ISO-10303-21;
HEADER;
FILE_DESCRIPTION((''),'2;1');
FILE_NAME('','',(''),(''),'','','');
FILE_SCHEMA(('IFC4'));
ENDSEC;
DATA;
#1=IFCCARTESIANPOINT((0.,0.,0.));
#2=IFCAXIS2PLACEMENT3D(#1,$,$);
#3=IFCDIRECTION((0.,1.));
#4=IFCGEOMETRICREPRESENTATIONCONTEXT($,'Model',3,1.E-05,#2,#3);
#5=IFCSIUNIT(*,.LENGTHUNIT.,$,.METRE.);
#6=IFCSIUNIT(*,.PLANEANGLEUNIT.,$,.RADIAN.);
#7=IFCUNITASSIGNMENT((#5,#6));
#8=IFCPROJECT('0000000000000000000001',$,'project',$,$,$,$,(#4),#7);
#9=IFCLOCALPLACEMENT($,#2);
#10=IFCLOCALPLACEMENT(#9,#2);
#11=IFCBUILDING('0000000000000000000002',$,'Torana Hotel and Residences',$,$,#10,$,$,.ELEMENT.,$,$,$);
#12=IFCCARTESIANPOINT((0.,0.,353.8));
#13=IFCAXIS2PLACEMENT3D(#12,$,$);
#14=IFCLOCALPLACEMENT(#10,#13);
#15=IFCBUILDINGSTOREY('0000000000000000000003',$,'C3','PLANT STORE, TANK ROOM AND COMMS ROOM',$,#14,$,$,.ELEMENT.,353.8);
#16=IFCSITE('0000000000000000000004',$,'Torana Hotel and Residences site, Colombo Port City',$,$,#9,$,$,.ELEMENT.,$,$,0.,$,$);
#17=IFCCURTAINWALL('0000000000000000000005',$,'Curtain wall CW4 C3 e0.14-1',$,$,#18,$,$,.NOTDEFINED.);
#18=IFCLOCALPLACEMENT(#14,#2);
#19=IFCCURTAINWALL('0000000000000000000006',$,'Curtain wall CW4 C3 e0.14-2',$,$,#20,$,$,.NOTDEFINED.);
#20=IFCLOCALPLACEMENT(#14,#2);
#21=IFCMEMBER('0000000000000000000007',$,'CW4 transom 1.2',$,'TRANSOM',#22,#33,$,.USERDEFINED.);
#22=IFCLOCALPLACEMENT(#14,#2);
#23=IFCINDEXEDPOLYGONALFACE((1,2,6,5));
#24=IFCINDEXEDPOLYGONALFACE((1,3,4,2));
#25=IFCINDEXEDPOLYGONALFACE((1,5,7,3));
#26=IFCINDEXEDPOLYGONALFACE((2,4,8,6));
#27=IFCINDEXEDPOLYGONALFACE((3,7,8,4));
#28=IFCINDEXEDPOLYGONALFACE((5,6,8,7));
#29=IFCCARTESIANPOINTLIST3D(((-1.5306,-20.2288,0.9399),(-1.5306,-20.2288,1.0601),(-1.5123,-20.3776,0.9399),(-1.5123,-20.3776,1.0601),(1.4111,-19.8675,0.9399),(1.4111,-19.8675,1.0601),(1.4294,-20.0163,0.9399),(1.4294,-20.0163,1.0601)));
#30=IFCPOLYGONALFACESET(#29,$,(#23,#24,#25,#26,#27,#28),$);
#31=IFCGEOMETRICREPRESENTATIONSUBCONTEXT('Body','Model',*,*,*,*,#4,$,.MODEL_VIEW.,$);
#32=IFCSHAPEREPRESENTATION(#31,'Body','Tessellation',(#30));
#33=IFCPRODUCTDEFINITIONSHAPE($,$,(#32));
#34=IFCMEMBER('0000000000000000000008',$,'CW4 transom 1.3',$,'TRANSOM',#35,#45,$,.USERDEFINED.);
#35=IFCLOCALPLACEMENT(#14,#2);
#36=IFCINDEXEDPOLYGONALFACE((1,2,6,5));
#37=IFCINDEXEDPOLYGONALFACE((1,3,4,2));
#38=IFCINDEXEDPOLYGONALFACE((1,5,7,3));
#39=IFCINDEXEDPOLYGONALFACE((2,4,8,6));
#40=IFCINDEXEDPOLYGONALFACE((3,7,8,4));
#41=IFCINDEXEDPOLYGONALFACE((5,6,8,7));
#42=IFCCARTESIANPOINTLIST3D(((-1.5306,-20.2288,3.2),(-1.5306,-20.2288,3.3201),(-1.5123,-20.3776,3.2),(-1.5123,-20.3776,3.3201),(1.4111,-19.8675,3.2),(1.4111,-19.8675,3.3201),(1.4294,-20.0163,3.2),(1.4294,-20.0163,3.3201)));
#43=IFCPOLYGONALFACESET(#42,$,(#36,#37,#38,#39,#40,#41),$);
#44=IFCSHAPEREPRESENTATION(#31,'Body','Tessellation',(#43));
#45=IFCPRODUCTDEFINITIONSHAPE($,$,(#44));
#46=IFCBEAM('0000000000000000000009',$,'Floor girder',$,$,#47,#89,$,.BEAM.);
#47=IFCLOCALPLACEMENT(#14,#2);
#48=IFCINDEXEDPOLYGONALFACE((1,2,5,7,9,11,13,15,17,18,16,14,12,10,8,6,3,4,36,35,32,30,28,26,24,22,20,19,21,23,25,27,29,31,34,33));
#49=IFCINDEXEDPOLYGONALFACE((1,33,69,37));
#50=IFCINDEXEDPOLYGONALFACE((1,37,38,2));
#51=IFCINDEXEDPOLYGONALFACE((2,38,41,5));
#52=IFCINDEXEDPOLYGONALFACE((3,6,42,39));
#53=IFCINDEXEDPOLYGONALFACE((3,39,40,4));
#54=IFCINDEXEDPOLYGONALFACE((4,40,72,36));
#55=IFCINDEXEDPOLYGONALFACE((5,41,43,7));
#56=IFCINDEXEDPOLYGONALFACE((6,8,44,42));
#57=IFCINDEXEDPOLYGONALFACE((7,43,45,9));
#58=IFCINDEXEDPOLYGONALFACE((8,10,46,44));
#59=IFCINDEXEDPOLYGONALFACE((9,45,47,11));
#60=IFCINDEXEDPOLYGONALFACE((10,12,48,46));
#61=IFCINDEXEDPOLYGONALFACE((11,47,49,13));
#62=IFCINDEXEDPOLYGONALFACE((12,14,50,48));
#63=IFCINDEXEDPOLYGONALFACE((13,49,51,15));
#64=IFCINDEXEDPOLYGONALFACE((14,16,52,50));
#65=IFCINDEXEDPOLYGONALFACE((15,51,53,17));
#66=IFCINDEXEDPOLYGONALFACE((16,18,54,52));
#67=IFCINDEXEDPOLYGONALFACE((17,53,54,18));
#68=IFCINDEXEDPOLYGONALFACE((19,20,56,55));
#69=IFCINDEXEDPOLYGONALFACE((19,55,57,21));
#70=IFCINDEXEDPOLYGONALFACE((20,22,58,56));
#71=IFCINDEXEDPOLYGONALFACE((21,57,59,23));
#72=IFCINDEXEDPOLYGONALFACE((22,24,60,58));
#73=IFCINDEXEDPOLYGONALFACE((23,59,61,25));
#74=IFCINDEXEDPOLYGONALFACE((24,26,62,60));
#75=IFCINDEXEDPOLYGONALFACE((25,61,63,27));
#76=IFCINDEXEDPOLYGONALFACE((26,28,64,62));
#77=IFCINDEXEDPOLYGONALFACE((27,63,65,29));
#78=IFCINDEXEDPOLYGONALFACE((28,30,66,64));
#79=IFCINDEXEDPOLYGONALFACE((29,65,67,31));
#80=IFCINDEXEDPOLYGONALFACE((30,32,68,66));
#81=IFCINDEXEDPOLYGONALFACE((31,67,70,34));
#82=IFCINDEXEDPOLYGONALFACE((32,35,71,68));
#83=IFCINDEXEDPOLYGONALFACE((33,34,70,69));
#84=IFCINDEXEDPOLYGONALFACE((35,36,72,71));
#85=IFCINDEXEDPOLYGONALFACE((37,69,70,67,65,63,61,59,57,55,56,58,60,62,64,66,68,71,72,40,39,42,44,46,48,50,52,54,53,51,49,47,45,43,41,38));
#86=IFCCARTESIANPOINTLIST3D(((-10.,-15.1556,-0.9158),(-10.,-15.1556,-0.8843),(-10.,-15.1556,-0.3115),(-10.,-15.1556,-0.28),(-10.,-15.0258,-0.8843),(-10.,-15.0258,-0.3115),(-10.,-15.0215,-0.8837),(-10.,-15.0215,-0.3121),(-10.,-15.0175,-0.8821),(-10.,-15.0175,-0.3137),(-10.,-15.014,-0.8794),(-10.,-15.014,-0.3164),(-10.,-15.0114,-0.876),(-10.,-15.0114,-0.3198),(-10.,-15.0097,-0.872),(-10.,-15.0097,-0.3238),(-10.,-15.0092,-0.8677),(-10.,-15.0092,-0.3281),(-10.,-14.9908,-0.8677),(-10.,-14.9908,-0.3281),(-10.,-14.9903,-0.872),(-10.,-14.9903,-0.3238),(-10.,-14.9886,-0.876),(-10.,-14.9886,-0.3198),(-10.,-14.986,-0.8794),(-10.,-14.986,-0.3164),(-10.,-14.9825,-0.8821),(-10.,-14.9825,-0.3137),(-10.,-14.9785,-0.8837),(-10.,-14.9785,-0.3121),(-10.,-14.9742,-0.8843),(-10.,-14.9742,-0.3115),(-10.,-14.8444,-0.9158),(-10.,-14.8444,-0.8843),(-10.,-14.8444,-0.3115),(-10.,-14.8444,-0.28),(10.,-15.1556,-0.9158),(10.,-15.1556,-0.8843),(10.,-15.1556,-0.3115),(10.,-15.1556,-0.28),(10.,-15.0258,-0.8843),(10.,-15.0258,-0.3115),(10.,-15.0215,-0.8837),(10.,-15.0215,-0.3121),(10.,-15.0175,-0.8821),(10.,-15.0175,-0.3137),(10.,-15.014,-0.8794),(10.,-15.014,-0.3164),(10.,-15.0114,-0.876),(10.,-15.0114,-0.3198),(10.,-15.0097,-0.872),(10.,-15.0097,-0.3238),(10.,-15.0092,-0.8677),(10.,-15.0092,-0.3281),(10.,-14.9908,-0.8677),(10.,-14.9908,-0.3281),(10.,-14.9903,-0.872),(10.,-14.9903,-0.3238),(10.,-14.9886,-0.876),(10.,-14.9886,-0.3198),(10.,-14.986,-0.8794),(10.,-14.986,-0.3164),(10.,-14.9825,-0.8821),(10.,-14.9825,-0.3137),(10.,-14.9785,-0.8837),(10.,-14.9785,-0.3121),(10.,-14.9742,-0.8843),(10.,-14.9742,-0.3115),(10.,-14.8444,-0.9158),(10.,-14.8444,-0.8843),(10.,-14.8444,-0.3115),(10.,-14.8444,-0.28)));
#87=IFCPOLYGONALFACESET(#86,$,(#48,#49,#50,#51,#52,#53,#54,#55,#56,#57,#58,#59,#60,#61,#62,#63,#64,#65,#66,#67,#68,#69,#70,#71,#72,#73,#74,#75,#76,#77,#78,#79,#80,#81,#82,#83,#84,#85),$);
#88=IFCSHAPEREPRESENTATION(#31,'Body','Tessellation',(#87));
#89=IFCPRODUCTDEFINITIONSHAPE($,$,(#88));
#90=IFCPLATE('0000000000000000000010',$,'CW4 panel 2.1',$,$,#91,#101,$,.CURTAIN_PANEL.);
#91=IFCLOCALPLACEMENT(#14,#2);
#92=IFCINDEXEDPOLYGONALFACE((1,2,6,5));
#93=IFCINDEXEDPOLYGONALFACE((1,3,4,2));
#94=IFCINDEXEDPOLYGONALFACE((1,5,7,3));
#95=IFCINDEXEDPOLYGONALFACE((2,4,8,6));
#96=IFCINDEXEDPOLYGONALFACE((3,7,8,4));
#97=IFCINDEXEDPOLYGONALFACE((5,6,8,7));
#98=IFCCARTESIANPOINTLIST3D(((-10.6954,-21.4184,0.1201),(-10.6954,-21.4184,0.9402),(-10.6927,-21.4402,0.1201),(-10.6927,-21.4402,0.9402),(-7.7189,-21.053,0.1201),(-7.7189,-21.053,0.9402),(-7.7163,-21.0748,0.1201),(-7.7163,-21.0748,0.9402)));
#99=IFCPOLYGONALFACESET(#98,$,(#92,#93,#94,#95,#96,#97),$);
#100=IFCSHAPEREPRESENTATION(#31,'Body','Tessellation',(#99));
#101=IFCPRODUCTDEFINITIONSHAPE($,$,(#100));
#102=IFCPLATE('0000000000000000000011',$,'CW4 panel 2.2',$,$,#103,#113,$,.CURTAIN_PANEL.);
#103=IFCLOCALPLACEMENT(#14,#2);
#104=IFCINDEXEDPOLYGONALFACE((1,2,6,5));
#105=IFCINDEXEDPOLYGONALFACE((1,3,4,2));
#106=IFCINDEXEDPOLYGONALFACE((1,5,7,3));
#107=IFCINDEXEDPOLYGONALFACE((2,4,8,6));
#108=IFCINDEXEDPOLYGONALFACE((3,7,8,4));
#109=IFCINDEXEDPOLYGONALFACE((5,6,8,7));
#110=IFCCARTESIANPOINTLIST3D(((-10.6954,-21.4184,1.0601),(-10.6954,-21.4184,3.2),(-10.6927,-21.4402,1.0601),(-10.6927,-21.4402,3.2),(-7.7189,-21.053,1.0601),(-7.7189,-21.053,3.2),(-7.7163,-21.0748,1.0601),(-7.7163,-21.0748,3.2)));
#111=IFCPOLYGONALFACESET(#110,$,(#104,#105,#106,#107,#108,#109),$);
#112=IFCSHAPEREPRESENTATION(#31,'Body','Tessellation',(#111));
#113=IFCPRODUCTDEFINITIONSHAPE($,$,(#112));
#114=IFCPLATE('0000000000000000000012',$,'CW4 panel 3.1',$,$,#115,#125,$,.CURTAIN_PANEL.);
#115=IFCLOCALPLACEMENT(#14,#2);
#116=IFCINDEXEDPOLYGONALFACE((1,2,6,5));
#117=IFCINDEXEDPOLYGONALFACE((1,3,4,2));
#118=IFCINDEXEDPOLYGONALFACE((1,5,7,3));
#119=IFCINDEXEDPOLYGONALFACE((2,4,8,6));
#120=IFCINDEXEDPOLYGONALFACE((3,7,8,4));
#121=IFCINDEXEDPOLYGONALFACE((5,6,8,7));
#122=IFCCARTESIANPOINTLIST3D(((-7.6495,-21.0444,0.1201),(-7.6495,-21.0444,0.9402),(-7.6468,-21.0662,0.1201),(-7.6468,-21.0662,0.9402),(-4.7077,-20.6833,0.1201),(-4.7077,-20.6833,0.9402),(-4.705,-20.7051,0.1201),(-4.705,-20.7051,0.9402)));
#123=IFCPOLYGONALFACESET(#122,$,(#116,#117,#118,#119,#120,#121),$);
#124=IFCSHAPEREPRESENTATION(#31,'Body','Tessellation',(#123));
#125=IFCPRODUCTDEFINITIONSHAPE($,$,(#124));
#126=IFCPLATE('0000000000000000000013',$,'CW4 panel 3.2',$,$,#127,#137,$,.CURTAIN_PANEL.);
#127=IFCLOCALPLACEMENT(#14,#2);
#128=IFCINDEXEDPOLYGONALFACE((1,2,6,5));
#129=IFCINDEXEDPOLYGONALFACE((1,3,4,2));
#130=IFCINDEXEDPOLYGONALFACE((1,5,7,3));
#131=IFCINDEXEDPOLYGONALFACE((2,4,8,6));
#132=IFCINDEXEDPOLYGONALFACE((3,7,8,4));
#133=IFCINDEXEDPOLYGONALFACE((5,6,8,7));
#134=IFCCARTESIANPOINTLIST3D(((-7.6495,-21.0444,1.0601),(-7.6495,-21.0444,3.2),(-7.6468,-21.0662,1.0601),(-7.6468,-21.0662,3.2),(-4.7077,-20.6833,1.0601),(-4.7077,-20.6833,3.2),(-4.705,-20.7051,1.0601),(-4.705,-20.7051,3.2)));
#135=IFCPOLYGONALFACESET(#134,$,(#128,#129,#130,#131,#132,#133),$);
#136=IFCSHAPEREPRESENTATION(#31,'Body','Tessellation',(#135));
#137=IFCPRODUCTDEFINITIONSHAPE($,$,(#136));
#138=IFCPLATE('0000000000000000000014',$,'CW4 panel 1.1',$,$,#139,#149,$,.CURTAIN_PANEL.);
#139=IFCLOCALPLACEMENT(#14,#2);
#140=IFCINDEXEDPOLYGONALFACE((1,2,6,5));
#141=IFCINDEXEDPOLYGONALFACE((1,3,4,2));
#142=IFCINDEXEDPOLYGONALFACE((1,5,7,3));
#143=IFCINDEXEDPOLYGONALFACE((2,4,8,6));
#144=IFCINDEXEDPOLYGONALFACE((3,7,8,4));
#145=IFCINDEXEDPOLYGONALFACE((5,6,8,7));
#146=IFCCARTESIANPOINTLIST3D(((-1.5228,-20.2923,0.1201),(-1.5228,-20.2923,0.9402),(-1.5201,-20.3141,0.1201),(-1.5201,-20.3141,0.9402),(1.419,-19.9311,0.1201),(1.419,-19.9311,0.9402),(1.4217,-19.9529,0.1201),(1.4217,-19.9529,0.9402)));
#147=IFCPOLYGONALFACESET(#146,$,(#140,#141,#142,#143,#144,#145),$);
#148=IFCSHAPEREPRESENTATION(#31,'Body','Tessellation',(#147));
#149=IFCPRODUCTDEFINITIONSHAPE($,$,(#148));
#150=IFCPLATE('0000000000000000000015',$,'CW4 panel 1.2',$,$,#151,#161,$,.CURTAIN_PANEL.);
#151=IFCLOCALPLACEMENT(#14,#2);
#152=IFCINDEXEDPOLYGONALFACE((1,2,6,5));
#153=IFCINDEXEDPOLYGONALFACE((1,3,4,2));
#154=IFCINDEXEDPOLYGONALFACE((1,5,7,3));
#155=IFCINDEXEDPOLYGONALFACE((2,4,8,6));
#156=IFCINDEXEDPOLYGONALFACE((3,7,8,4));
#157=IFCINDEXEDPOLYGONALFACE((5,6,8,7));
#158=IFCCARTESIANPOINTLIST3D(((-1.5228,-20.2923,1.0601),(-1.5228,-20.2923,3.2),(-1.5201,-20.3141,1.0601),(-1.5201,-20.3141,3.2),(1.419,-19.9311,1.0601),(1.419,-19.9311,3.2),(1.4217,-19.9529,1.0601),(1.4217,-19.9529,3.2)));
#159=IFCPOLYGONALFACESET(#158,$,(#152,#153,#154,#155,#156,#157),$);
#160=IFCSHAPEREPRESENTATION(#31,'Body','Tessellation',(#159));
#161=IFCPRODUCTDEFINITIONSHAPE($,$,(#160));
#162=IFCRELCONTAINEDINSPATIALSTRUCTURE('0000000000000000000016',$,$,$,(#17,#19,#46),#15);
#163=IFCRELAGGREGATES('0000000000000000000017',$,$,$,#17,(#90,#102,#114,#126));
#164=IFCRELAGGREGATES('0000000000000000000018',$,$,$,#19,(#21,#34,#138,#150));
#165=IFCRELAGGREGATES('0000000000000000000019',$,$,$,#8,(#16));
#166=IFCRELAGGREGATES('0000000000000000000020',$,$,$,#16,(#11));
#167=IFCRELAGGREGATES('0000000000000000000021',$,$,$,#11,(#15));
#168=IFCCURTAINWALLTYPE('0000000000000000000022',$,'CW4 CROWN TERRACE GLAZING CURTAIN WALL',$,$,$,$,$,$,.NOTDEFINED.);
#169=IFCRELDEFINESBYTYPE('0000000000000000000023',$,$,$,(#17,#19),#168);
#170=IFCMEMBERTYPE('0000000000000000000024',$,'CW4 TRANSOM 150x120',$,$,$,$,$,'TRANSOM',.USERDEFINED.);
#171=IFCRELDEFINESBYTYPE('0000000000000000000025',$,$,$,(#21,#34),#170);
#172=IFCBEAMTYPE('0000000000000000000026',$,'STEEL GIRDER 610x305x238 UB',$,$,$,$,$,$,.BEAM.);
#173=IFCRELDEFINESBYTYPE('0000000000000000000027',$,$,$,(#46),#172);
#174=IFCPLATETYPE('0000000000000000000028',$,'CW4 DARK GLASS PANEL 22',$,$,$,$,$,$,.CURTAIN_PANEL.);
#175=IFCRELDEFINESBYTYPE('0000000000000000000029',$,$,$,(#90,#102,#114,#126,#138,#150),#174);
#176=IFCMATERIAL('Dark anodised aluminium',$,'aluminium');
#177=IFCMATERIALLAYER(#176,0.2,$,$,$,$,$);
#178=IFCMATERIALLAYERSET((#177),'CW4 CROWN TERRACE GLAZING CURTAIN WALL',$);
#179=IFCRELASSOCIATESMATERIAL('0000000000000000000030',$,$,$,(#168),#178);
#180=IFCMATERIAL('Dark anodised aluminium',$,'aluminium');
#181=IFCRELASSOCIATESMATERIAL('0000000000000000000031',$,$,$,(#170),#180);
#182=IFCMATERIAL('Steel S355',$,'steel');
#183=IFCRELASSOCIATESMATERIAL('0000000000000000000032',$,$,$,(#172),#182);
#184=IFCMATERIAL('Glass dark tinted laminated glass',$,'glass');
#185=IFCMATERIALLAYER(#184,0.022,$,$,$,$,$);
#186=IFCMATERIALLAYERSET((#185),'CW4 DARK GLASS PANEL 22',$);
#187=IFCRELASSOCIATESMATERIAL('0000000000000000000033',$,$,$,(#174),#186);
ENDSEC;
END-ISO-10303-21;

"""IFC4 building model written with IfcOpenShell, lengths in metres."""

from ifc_helpers import new_model, si_unit, direction, frame, origin, origin_2d, place, context, subcontext, project, spatial, rectangle, i_section, extrude, material, layer, layer_set, material_profile, profile_set, type_object, element, aggregate, save


model = new_model("IFC4")

# Units and contexts
model_context = context("Model", 3, precision=1e-05, world=origin(), true_north=direction((0.0, 1.0)))
body_context = subcontext(model_context, "Body", "Model", "MODEL_VIEW")
ifc_project = project(units=[si_unit("LENGTHUNIT", "METRE"), si_unit("PLANEANGLEUNIT", "RADIAN")], contexts=[model_context])

# Site, building, storey
site_placement = place(None, origin())
site = spatial("IfcSite", under=ifc_project, at=site_placement, Name="Torana Hotel and Residences site, Colombo Port City", CompositionType="ELEMENT", RefElevation=0.0)
building_placement = place(site_placement, origin())
building = spatial("IfcBuilding", under=site, at=building_placement, Name="Torana Hotel and Residences", CompositionType="ELEMENT")
storey_placement = place(building_placement, frame((0.0, 0.0, 353.8)))
storey = spatial("IfcBuildingStorey", under=building, at=storey_placement, Name="C3", Description="PLANT STORE, TANK ROOM AND COMMS ROOM", CompositionType="ELEMENT", Elevation=353.8)

# Curtain wall
ifc_material_1 = material(Name="Dark anodised aluminium", Category="aluminium")
ifc_layer_1 = layer(ifc_material_1, 0.2)
ifc_layer_set_1 = layer_set([ifc_layer_1], Name="CW4 CROWN TERRACE GLAZING CURTAIN WALL")
curtain_wall_type = type_object("IfcCurtainWallType", Name="CW4 CROWN TERRACE GLAZING CURTAIN WALL", PredefinedType="NOTDEFINED", material=ifc_layer_set_1)
curtain_wall_1_placement = place(storey_placement, origin())
curtain_wall_1 = element("IfcCurtainWall", 1, at=curtain_wall_1_placement, inside=storey, type_object=curtain_wall_type, Name="Curtain wall CW4 C3 e0.14-1", PredefinedType="NOTDEFINED")

# Curtain wall
curtain_wall_2_placement = place(storey_placement, origin())
curtain_wall_2 = element("IfcCurtainWall", 2, at=curtain_wall_2_placement, inside=storey, type_object=curtain_wall_type, Name="Curtain wall CW4 C3 e0.14-2", PredefinedType="NOTDEFINED")

# Members
ifc_material_2 = material(Name="Dark anodised aluminium", Category="aluminium")
ifc_material_profile_1 = material_profile(ifc_material_2, rectangle(XDim=0.1499, YDim=0.1201, at=origin_2d()), Name="CW4 TRANSOM 150x120")
ifc_profile_set_1 = profile_set([ifc_material_profile_1], Name="Dark anodised aluminium")
member_type_1 = type_object("IfcMemberType", Name="CW4 TRANSOM 150x120", ElementType="TRANSOM", PredefinedType="USERDEFINED", material=ifc_profile_set_1)
member_1_placement = place(storey_placement, frame((-1.5215, -20.3032, 1.0), z_axis=(0.99254, 0.121916, 0.0), x_axis=(-0.121916, 0.99254, 0.0)))
member_1 = element("IfcMember", 3, at=member_1_placement, type_object=member_type_1, Name="CW4 transom 1.2", ObjectType="TRANSOM", PredefinedType="USERDEFINED", context=body_context, shape_type="SweptSolid", body=[
    extrude(rectangle(XDim=0.1499, YDim=0.1201, at=origin_2d()), origin(), (0.0, 0.0, 1.0), 2.9639),
])
member_2_placement = place(storey_placement, frame((-1.5215, -20.3032, 3.26), z_axis=(0.99254, 0.121916, 0.0), x_axis=(-0.121916, 0.99254, 0.0)))
member_2 = element("IfcMember", 4, at=member_2_placement, type_object=member_type_1, Name="CW4 transom 1.3", ObjectType="TRANSOM", PredefinedType="USERDEFINED", context=body_context, shape_type="SweptSolid", body=[
    extrude(rectangle(XDim=0.1499, YDim=0.1201, at=origin_2d()), origin(), (0.0, 0.0, 1.0), 2.9639),
])

# Beam
ifc_material_3 = material(Name="Steel S355", Category="steel")
ifc_material_profile_2 = material_profile(ifc_material_3, i_section(OverallWidth=0.3113, OverallDepth=0.6357, WebThickness=0.0183, FlangeThickness=0.0315, FilletRadius=0.0166, at=origin_2d()), Name="610x305x238 UB")
ifc_profile_set_2 = profile_set([ifc_material_profile_2], Name="Steel S355")
beam_type = type_object("IfcBeamType", Name="STEEL GIRDER 610x305x238 UB", PredefinedType="BEAM", material=ifc_profile_set_2)
beam_placement = place(storey_placement, frame((-10.0, -15.0, -0.5979), z_axis=(1.0, 0.0, 0.0), x_axis=(0.0, 1.0, 0.0)))
element("IfcBeam", 5, at=beam_placement, inside=storey, type_object=beam_type, Name="Floor girder", PredefinedType="BEAM", context=body_context, shape_type="SweptSolid", body=[
    extrude(i_section(OverallWidth=0.3113, OverallDepth=0.6357, WebThickness=0.0183, FlangeThickness=0.0315, FilletRadius=0.0166, at=origin_2d()), origin(), (0.0, 0.0, 1.0), 20.0),
])

# Plates
ifc_material_4 = material(Name="Glass dark tinted laminated glass", Category="glass")
ifc_layer_2 = layer(ifc_material_4, 0.022)
ifc_layer_set_2 = layer_set([ifc_layer_2], Name="CW4 DARK GLASS PANEL 22")
plate_type = type_object("IfcPlateType", Name="CW4 DARK GLASS PANEL 22", PredefinedType="CURTAIN_PANEL", material=ifc_layer_set_2)
plate_1_placement = place(storey_placement, frame((-9.2058, -21.2466, 0.1201), z_axis=(0.0, 0.0, 1.0), x_axis=(0.992547, 0.121861, 0.0)))
plate_1 = element("IfcPlate", 6, at=plate_1_placement, type_object=plate_type, Name="CW4 panel 2.1", PredefinedType="CURTAIN_PANEL", context=body_context, shape_type="SweptSolid", body=[
    extrude(rectangle(XDim=2.9988, YDim=0.022, at=origin_2d()), origin(), (0.0, 0.0, 1.0), 0.8201),
])
plate_2_placement = place(storey_placement, frame((-9.2058, -21.2466, 1.0601), z_axis=(0.0, 0.0, 1.0), x_axis=(0.992547, 0.121861, 0.0)))
plate_2 = element("IfcPlate", 7, at=plate_2_placement, type_object=plate_type, Name="CW4 panel 2.2", PredefinedType="CURTAIN_PANEL", context=body_context, shape_type="SweptSolid", body=[
    extrude(rectangle(XDim=2.9988, YDim=0.022, at=origin_2d()), origin(), (0.0, 0.0, 1.0), 2.1399),
])
plate_3_placement = place(storey_placement, frame((-6.1772, -20.8748, 0.1201), z_axis=(0.0, 0.0, 1.0), x_axis=(0.992547, 0.121861, 0.0)))
plate_3 = element("IfcPlate", 8, at=plate_3_placement, type_object=plate_type, Name="CW4 panel 3.1", PredefinedType="CURTAIN_PANEL", context=body_context, shape_type="SweptSolid", body=[
    extrude(rectangle(XDim=2.9639, YDim=0.022, at=origin_2d()), origin(), (0.0, 0.0, 1.0), 0.8201),
])
plate_4_placement = place(storey_placement, frame((-6.1772, -20.8748, 1.0601), z_axis=(0.0, 0.0, 1.0), x_axis=(0.992547, 0.121861, 0.0)))
plate_4 = element("IfcPlate", 9, at=plate_4_placement, type_object=plate_type, Name="CW4 panel 3.2", PredefinedType="CURTAIN_PANEL", context=body_context, shape_type="SweptSolid", body=[
    extrude(rectangle(XDim=2.9639, YDim=0.022, at=origin_2d()), origin(), (0.0, 0.0, 1.0), 2.1399),
])
aggregate(curtain_wall_1, [plate_1, plate_2, plate_3, plate_4])
plate_5_placement = place(storey_placement, frame((-0.0505, -20.1226, 0.1201), z_axis=(0.0, 0.0, 1.0), x_axis=(0.992547, 0.121865, 0.0)))
plate_5 = element("IfcPlate", 10, at=plate_5_placement, type_object=plate_type, Name="CW4 panel 1.1", PredefinedType="CURTAIN_PANEL", context=body_context, shape_type="SweptSolid", body=[
    extrude(rectangle(XDim=2.9639, YDim=0.022, at=origin_2d()), origin(), (0.0, 0.0, 1.0), 0.8201),
])
plate_6_placement = place(storey_placement, frame((-0.0505, -20.1226, 1.0601), z_axis=(0.0, 0.0, 1.0), x_axis=(0.992547, 0.121865, 0.0)))
plate_6 = element("IfcPlate", 11, at=plate_6_placement, type_object=plate_type, Name="CW4 panel 1.2", PredefinedType="CURTAIN_PANEL", context=body_context, shape_type="SweptSolid", body=[
    extrude(rectangle(XDim=2.9639, YDim=0.022, at=origin_2d()), origin(), (0.0, 0.0, 1.0), 2.1399),
])
aggregate(curtain_wall_2, [member_1, member_2, plate_5, plate_6])

save(model, "model.ifc")
